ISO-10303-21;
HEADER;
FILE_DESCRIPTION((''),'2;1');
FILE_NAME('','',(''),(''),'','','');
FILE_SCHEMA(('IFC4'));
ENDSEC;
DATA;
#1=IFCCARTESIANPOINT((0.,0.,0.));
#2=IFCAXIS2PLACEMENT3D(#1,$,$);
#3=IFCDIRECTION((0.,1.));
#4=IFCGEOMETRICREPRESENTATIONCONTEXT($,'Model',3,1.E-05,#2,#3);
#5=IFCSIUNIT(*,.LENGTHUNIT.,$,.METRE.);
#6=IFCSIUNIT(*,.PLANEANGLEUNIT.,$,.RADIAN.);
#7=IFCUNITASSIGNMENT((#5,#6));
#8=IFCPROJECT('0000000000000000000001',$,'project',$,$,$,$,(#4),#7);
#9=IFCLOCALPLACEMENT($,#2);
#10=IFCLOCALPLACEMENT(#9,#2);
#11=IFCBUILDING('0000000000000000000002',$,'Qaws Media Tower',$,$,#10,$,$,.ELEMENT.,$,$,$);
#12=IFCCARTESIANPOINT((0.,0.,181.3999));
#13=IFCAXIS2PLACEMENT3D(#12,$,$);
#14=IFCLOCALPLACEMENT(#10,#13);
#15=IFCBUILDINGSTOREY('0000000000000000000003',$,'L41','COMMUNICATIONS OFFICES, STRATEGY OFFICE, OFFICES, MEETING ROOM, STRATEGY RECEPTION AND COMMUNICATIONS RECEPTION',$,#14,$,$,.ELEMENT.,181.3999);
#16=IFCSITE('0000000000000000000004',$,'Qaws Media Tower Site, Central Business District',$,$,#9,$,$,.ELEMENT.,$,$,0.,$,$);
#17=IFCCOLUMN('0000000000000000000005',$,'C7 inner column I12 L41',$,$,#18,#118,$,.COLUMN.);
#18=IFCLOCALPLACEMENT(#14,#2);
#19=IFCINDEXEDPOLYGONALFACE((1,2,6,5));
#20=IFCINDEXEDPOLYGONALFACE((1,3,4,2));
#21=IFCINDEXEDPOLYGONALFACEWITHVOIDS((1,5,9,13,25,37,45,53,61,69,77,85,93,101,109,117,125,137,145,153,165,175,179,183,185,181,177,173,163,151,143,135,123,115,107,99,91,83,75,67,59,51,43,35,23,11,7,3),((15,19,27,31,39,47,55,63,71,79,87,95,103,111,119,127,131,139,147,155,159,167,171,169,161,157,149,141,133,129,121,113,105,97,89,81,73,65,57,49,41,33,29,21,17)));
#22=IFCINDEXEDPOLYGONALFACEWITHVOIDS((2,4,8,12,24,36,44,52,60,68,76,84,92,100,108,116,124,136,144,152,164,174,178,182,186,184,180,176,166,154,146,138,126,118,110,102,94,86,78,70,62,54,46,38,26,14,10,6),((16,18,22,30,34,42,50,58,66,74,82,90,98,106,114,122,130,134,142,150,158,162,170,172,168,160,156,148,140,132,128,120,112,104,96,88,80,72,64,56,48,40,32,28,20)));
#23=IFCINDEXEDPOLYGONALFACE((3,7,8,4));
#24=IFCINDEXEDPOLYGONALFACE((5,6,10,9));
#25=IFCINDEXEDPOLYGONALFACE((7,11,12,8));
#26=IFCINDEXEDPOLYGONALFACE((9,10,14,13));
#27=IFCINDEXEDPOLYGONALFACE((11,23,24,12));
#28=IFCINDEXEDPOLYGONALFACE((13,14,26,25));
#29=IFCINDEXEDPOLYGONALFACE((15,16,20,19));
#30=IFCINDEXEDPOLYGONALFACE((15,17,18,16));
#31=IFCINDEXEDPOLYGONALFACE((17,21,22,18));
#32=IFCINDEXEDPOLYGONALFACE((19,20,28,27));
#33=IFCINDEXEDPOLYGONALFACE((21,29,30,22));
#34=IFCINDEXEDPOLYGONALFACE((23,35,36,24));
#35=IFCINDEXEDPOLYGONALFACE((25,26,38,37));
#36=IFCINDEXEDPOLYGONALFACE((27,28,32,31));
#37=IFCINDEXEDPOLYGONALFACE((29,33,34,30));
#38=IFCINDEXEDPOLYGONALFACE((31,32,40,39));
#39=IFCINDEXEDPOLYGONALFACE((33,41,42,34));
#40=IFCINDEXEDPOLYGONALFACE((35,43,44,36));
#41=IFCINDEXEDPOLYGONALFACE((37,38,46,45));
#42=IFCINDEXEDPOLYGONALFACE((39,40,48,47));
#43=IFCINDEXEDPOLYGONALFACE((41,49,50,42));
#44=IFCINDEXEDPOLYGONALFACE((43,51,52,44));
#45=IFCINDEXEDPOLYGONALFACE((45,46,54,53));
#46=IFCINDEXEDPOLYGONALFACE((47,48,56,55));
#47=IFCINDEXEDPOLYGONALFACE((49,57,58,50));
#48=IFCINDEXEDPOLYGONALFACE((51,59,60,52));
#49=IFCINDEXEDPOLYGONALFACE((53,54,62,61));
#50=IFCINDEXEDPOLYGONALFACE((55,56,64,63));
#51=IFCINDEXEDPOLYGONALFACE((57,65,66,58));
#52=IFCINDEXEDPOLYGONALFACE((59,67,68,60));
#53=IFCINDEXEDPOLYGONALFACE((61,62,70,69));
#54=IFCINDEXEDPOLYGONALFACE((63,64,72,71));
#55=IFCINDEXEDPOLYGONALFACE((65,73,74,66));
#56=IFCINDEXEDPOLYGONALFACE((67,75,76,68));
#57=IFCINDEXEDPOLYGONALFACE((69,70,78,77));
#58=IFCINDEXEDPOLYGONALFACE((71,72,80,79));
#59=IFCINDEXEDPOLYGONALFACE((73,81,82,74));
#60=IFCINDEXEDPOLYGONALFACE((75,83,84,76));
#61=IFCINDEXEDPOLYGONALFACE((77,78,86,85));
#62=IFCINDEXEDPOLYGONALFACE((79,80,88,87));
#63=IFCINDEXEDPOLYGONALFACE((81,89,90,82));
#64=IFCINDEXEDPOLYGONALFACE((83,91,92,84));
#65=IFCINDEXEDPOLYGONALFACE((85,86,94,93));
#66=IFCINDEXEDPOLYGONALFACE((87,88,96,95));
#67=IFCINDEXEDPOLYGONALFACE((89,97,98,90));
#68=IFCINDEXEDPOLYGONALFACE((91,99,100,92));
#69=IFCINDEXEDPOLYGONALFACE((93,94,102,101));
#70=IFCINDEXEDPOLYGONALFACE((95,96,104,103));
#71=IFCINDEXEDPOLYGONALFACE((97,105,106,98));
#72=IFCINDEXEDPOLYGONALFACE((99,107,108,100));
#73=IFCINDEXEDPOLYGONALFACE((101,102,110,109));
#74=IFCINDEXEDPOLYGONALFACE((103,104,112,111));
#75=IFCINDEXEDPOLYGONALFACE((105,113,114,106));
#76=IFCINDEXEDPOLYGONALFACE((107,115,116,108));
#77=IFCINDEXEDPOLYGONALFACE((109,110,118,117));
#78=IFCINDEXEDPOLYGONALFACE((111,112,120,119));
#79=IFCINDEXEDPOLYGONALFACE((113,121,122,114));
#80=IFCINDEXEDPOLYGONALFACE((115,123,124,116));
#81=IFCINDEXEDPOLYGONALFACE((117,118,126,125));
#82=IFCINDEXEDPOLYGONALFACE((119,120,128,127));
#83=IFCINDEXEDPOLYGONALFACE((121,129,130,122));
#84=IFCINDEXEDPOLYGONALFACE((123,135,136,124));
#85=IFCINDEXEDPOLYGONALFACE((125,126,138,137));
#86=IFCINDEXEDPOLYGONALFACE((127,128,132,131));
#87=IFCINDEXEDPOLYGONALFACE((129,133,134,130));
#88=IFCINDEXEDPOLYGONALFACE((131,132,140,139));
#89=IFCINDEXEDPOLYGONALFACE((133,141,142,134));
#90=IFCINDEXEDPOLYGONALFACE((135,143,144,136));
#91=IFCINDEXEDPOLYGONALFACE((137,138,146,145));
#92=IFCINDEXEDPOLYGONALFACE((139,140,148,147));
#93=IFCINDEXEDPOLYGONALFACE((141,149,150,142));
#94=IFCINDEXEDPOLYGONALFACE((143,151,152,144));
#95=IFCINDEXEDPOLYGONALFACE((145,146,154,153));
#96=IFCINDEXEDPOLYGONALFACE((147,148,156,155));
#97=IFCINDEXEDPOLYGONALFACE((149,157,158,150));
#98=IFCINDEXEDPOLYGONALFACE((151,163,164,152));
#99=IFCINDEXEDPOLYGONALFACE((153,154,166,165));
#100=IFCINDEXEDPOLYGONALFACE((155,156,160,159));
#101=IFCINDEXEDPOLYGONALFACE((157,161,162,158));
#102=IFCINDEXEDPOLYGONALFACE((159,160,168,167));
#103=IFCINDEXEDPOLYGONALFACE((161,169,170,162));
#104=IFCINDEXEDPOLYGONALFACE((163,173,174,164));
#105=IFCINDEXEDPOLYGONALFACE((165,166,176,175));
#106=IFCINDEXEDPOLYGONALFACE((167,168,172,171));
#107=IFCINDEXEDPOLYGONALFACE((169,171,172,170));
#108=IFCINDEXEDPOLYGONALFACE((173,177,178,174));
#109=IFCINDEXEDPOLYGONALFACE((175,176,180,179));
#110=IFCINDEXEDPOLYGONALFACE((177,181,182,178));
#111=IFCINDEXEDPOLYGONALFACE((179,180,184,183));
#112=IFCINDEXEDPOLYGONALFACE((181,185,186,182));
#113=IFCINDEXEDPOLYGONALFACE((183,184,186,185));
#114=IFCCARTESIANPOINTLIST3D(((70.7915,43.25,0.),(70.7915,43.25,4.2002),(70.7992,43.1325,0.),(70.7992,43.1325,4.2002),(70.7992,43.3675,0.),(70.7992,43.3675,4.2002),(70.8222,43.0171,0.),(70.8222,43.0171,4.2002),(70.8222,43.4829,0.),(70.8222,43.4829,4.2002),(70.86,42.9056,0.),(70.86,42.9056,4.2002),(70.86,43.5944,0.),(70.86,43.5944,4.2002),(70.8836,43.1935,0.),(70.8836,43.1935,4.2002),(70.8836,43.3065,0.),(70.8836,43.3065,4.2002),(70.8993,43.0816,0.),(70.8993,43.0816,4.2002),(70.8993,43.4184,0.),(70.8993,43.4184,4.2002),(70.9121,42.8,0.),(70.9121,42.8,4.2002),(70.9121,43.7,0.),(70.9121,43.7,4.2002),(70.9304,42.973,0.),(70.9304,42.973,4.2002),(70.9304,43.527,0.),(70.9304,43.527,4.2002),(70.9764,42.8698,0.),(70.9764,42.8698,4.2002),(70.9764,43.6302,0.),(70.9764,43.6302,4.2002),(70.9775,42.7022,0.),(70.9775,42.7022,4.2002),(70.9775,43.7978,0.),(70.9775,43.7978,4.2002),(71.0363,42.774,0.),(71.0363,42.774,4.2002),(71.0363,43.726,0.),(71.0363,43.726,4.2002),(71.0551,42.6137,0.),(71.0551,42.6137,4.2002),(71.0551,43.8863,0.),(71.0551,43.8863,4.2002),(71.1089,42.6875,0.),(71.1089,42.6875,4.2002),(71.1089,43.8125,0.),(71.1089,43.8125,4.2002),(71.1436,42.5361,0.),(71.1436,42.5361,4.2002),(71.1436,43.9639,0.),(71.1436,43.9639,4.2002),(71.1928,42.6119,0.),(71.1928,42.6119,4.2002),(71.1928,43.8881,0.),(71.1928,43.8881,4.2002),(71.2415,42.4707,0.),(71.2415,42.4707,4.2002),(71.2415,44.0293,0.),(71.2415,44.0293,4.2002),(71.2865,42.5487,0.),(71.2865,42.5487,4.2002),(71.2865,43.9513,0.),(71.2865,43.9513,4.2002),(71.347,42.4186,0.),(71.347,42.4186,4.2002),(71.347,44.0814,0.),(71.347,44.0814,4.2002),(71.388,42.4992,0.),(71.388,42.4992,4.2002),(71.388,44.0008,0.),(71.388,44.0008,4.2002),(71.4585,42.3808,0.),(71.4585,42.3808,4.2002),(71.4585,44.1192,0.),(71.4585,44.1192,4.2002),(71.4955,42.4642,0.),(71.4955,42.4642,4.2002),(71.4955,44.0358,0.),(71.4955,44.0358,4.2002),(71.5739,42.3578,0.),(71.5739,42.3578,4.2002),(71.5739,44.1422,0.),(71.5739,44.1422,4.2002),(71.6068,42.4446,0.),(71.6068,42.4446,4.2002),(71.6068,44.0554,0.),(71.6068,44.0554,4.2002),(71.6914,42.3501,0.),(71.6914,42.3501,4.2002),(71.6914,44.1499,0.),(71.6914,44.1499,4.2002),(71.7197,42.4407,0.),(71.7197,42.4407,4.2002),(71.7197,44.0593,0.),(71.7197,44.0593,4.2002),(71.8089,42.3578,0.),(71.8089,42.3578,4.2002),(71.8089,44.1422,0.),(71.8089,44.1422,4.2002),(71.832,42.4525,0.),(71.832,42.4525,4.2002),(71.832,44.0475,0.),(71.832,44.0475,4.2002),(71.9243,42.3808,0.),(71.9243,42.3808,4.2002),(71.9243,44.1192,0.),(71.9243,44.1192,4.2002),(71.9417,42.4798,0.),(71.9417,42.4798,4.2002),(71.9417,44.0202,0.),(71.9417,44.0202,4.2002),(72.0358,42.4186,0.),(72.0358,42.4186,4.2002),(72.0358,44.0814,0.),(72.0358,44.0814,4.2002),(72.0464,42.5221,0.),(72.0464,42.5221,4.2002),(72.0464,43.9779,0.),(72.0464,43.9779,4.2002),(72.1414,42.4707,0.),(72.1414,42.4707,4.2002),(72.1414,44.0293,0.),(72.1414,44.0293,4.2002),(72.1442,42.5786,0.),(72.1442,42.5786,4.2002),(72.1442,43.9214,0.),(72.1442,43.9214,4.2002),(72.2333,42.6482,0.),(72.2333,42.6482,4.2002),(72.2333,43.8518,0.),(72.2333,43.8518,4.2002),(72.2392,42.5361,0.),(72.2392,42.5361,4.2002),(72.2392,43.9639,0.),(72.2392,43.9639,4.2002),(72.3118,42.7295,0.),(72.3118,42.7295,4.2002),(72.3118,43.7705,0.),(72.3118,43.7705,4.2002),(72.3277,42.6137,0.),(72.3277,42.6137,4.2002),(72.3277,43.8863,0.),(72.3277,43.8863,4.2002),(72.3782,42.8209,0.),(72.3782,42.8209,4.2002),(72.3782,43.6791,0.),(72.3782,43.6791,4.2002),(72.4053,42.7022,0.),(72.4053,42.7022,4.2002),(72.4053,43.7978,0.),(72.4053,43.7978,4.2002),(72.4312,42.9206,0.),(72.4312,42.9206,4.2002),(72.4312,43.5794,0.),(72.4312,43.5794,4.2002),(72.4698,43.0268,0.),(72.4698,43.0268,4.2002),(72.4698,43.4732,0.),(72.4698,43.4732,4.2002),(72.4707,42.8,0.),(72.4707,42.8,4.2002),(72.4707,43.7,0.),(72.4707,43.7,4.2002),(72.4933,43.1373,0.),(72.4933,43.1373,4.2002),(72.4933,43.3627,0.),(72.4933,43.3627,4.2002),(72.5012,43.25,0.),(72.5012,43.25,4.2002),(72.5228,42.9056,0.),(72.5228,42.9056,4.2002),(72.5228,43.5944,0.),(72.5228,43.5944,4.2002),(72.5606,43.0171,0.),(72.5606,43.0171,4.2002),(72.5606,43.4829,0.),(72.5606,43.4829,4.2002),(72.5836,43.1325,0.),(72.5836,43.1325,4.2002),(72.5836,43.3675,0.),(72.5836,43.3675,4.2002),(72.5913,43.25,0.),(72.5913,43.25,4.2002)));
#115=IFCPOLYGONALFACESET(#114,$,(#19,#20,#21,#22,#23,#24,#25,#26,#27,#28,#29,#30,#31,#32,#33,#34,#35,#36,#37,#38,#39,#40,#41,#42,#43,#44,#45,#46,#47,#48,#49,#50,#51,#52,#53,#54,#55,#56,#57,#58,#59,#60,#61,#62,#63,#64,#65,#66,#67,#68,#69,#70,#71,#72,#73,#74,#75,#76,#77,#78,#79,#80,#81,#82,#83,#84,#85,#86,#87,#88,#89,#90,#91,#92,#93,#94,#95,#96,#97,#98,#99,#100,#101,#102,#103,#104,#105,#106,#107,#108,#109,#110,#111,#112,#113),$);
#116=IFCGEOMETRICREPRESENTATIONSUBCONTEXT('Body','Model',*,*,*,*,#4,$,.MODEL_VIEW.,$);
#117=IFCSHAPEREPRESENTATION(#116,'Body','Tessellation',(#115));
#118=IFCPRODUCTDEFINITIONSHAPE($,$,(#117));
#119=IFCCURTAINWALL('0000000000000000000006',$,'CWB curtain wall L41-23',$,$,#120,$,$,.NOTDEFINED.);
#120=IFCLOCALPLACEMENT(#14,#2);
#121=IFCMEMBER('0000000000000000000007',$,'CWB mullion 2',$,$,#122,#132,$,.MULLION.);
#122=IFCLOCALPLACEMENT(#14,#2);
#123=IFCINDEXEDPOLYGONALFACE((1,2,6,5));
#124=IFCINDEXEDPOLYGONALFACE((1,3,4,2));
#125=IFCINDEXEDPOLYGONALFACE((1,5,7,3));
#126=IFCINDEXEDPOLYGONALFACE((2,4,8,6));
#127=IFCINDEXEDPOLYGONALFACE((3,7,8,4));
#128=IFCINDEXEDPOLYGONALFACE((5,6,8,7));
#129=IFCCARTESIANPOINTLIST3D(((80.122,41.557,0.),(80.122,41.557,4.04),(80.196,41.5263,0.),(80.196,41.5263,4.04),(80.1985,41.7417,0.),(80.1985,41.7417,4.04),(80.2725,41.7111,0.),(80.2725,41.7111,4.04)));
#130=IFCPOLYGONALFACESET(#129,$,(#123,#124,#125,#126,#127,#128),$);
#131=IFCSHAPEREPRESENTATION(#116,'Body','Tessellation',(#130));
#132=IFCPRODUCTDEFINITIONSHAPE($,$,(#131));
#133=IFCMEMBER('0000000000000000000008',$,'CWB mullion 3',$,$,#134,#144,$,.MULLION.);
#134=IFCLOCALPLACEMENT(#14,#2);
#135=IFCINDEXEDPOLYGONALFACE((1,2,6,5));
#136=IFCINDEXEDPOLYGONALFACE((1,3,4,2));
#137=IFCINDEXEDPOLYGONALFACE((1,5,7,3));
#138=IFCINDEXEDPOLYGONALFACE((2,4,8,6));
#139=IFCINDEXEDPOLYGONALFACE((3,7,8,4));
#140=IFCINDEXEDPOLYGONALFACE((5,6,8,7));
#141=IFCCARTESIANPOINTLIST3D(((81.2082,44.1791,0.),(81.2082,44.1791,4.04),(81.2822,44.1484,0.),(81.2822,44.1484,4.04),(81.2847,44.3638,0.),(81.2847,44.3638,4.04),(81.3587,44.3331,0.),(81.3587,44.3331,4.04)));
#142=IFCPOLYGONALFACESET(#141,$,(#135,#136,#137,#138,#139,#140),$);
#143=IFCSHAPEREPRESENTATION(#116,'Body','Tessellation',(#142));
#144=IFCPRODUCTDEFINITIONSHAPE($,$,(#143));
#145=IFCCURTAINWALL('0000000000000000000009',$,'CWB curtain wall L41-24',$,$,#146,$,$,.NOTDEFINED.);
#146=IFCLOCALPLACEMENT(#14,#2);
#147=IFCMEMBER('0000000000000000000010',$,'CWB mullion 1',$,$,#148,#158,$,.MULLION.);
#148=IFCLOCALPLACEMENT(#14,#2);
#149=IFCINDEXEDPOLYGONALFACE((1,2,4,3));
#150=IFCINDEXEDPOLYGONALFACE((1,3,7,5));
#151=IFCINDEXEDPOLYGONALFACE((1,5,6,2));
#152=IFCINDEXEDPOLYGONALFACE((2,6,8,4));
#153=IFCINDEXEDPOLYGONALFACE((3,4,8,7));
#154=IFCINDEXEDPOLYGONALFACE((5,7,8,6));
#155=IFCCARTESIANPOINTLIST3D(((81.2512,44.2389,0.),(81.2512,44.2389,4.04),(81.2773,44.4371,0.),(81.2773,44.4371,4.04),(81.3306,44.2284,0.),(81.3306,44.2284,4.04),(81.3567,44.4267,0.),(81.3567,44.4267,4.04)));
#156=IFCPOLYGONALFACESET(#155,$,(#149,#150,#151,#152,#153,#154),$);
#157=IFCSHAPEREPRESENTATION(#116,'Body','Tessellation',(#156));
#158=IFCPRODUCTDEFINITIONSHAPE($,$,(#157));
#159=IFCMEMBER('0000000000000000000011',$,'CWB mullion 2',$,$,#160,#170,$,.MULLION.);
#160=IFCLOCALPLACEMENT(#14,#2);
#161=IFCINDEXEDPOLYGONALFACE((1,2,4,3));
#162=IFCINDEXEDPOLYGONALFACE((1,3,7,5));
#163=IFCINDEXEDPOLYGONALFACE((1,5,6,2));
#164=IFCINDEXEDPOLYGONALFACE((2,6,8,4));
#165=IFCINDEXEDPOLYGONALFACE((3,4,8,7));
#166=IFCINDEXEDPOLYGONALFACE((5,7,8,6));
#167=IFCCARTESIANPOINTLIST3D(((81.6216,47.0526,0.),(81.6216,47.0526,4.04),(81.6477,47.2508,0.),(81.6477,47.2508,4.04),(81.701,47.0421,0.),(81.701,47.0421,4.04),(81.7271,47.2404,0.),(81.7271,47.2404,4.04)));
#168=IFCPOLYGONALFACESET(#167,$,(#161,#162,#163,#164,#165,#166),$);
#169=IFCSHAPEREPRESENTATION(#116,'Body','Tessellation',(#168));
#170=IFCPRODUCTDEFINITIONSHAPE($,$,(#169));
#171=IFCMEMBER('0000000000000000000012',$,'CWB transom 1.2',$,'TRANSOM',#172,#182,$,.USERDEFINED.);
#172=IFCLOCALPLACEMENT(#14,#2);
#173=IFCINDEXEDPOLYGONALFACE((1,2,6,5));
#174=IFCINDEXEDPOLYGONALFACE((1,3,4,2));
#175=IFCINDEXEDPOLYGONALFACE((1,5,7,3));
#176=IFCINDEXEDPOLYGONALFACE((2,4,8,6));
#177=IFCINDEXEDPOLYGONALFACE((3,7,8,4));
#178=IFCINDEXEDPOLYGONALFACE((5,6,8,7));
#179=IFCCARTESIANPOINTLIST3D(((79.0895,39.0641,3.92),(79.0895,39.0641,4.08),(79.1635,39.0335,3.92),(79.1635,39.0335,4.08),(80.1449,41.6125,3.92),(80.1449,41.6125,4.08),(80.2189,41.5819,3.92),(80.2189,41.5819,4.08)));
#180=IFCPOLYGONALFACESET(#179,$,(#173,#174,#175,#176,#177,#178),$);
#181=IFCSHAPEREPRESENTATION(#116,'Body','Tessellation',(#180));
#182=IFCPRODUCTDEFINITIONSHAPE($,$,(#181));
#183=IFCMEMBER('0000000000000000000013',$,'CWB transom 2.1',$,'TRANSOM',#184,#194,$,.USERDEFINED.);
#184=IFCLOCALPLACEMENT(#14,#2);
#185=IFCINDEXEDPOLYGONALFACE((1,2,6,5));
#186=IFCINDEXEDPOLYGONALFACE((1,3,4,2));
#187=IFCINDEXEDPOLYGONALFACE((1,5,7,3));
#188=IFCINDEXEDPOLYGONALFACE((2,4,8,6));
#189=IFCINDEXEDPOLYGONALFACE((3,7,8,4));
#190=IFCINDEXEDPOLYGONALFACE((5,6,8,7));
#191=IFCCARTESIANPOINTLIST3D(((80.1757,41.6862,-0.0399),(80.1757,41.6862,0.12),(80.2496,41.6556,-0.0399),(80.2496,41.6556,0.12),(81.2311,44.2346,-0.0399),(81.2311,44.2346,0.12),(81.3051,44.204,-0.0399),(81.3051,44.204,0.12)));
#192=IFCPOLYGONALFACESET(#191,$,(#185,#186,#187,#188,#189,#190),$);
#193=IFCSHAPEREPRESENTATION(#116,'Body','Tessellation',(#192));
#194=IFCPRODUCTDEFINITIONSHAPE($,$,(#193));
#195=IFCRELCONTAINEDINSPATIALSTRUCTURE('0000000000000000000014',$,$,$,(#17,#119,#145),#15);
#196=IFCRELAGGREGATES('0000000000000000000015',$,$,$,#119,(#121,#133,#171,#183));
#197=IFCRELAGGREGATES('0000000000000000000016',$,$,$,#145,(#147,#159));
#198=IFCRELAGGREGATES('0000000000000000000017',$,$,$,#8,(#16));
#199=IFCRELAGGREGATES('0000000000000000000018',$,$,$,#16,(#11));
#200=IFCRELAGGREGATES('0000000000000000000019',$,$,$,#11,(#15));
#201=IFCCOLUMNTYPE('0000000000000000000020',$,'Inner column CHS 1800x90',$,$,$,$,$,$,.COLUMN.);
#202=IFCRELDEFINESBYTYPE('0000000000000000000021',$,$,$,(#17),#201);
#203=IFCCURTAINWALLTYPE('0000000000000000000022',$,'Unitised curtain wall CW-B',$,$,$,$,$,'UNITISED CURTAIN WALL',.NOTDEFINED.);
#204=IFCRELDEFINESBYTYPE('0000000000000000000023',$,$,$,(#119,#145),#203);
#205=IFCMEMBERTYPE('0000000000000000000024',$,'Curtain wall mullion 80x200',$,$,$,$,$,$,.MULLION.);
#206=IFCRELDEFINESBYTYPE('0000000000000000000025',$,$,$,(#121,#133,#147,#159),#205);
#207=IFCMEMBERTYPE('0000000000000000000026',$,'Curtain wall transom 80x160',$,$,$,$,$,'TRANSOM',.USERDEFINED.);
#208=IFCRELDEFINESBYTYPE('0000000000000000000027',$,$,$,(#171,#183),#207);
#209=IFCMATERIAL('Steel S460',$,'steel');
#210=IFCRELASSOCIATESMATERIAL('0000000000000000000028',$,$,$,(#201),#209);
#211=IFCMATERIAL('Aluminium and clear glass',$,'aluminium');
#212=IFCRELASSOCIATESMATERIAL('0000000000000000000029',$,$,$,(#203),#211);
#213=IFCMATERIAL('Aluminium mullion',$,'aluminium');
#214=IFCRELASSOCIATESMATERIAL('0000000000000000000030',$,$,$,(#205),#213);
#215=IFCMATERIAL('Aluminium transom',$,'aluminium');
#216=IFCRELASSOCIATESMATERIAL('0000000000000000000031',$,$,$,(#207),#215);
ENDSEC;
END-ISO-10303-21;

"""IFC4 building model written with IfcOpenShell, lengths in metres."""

from ifc_helpers import new_model, si_unit, direction, frame, origin, origin_2d, place, context, subcontext, project, spatial, rectangle, hollow_circle, extrude, material, material_profile, profile_set, type_object, element, aggregate, save


model = new_model("IFC4")

# Units and contexts
model_context = context("Model", 3, precision=1e-05, world=origin(), true_north=direction((0.0, 1.0)))
body_context = subcontext(model_context, "Body", "Model", "MODEL_VIEW")
ifc_project = project(units=[si_unit("LENGTHUNIT", "METRE"), si_unit("PLANEANGLEUNIT", "RADIAN")], contexts=[model_context])

# Site, building, storey
site_placement = place(None, origin())
site = spatial("IfcSite", under=ifc_project, at=site_placement, Name="Qaws Media Tower Site, Central Business District", CompositionType="ELEMENT", RefElevation=0.0)
building_placement = place(site_placement, origin())
building = spatial("IfcBuilding", under=site, at=building_placement, Name="Qaws Media Tower", CompositionType="ELEMENT")
storey_placement = place(building_placement, frame((0.0, 0.0, 181.3999)))
storey = spatial("IfcBuildingStorey", under=building, at=storey_placement, Name="L41", Description="COMMUNICATIONS OFFICES, STRATEGY OFFICE, OFFICES, MEETING ROOM, STRATEGY RECEPTION AND COMMUNICATIONS RECEPTION", CompositionType="ELEMENT", Elevation=181.3999)

# Column
ifc_material_1 = material(Name="Steel S460", Category="steel")
ifc_material_profile_1 = material_profile(ifc_material_1, hollow_circle(Radius=0.8999, WallThickness=0.0901, at=origin_2d()), Name="CHS 1800x90")
ifc_profile_set_1 = profile_set([ifc_material_profile_1], Name="Steel S460")
column_type = type_object("IfcColumnType", Name="Inner column CHS 1800x90", PredefinedType="COLUMN", material=ifc_profile_set_1)
column_placement = place(storey_placement, frame((71.6914, 43.25, 0.0), z_axis=(0.0, 0.0, 1.0), x_axis=(1.0, 0.0, 0.0)))
element("IfcColumn", 1, at=column_placement, inside=storey, type_object=column_type, Name="C7 inner column I12 L41", PredefinedType="COLUMN", context=body_context, shape_type="SweptSolid", body=[
    extrude(hollow_circle(Radius=0.8999, WallThickness=0.0901, at=origin_2d()), origin(), (0.0, 0.0, 1.0), 4.2002),
])

# Curtain walls, members
ifc_material_2 = material(Name="Aluminium and clear glass", Category="aluminium")
curtain_wall_type = type_object("IfcCurtainWallType", Name="Unitised curtain wall CW-B", ElementType="UNITISED CURTAIN WALL", PredefinedType="NOTDEFINED", material=ifc_material_2)
curtain_wall_1_placement = place(storey_placement, origin())
curtain_wall_1 = element("IfcCurtainWall", 2, at=curtain_wall_1_placement, inside=storey, type_object=curtain_wall_type, Name="CWB curtain wall L41-23", PredefinedType="NOTDEFINED")
ifc_material_3 = material(Name="Aluminium mullion", Category="aluminium")
ifc_material_profile_2 = material_profile(ifc_material_3, rectangle(XDim=0.0801, YDim=0.2, at=origin_2d()), Name="80x200")
ifc_profile_set_2 = profile_set([ifc_material_profile_2], Name="Aluminium mullion")
member_type_1 = type_object("IfcMemberType", Name="Curtain wall mullion 80x200", PredefinedType="MULLION", material=ifc_profile_set_2)
member_1_placement = place(storey_placement, frame((80.1973, 41.634, 0.0), z_axis=(0.0, 0.0, 1.0), x_axis=(-0.92388, 0.382683, 0.0)))
member_1 = element("IfcMember", 3, at=member_1_placement, type_object=member_type_1, Name="CWB mullion 2", PredefinedType="MULLION", context=body_context, shape_type="SweptSolid", body=[
    extrude(rectangle(XDim=0.0801, YDim=0.2, at=origin_2d()), origin(), (0.0, 0.0, 1.0), 4.04),
])
member_2_placement = place(storey_placement, frame((81.2834, 44.2561, 0.0), z_axis=(0.0, 0.0, 1.0), x_axis=(-0.92388, 0.382683, 0.0)))
member_2 = element("IfcMember", 4, at=member_2_placement, type_object=member_type_1, Name="CWB mullion 3", PredefinedType="MULLION", context=body_context, shape_type="SweptSolid", body=[
    extrude(rectangle(XDim=0.0801, YDim=0.2, at=origin_2d()), origin(), (0.0, 0.0, 1.0), 4.04),
])
curtain_wall_2_placement = place(storey_placement, origin())
curtain_wall_2 = element("IfcCurtainWall", 5, at=curtain_wall_2_placement, inside=storey, type_object=curtain_wall_type, Name="CWB curtain wall L41-24", PredefinedType="NOTDEFINED")
member_3_placement = place(storey_placement, frame((81.304, 44.3328, 0.0), z_axis=(0.0, 0.0, 1.0), x_axis=(-0.991445, 0.130526, 0.0)))
member_3 = element("IfcMember", 6, at=member_3_placement, type_object=member_type_1, Name="CWB mullion 1", PredefinedType="MULLION", context=body_context, shape_type="SweptSolid", body=[
    extrude(rectangle(XDim=0.0801, YDim=0.2, at=origin_2d()), origin(), (0.0, 0.0, 1.0), 4.04),
])
member_4_placement = place(storey_placement, frame((81.6743, 47.1465, 0.0), z_axis=(0.0, 0.0, 1.0), x_axis=(-0.991445, 0.130526, 0.0)))
member_4 = element("IfcMember", 7, at=member_4_placement, type_object=member_type_1, Name="CWB mullion 2", PredefinedType="MULLION", context=body_context, shape_type="SweptSolid", body=[
    extrude(rectangle(XDim=0.0801, YDim=0.2, at=origin_2d()), origin(), (0.0, 0.0, 1.0), 4.04),
])

# Members
ifc_material_4 = material(Name="Aluminium transom", Category="aluminium")
ifc_material_profile_3 = material_profile(ifc_material_4, rectangle(XDim=0.0801, YDim=0.1599, at=origin_2d()), Name="80x160")
ifc_profile_set_3 = profile_set([ifc_material_profile_3], Name="Aluminium transom")
member_type_2 = type_object("IfcMemberType", Name="Curtain wall transom 80x160", ElementType="TRANSOM", PredefinedType="USERDEFINED", material=ifc_profile_set_3)
member_5_placement = place(storey_placement, frame((79.1265, 39.0488, 4.0), z_axis=(0.382641, 0.923897, 0.0), x_axis=(-0.923897, 0.382641, 0.0)))
member_5 = element("IfcMember", 8, at=member_5_placement, type_object=member_type_2, Name="CWB transom 1.2", ObjectType="TRANSOM", PredefinedType="USERDEFINED", context=body_context, shape_type="SweptSolid", body=[
    extrude(rectangle(XDim=0.0801, YDim=0.1599, at=origin_2d()), origin(), (0.0, 0.0, 1.0), 2.7583),
])
member_6_placement = place(storey_placement, frame((80.2126, 41.6709, 0.04), z_axis=(0.382641, 0.923897, 0.0), x_axis=(-0.923897, 0.382641, 0.0)))
member_6 = element("IfcMember", 9, at=member_6_placement, type_object=member_type_2, Name="CWB transom 2.1", ObjectType="TRANSOM", PredefinedType="USERDEFINED", context=body_context, shape_type="SweptSolid", body=[
    extrude(rectangle(XDim=0.0801, YDim=0.1599, at=origin_2d()), origin(), (0.0, 0.0, 1.0), 2.7583),
])

aggregate(curtain_wall_1, [member_1, member_2, member_5, member_6])
aggregate(curtain_wall_2, [member_3, member_4])

save(model, "model.ifc")
